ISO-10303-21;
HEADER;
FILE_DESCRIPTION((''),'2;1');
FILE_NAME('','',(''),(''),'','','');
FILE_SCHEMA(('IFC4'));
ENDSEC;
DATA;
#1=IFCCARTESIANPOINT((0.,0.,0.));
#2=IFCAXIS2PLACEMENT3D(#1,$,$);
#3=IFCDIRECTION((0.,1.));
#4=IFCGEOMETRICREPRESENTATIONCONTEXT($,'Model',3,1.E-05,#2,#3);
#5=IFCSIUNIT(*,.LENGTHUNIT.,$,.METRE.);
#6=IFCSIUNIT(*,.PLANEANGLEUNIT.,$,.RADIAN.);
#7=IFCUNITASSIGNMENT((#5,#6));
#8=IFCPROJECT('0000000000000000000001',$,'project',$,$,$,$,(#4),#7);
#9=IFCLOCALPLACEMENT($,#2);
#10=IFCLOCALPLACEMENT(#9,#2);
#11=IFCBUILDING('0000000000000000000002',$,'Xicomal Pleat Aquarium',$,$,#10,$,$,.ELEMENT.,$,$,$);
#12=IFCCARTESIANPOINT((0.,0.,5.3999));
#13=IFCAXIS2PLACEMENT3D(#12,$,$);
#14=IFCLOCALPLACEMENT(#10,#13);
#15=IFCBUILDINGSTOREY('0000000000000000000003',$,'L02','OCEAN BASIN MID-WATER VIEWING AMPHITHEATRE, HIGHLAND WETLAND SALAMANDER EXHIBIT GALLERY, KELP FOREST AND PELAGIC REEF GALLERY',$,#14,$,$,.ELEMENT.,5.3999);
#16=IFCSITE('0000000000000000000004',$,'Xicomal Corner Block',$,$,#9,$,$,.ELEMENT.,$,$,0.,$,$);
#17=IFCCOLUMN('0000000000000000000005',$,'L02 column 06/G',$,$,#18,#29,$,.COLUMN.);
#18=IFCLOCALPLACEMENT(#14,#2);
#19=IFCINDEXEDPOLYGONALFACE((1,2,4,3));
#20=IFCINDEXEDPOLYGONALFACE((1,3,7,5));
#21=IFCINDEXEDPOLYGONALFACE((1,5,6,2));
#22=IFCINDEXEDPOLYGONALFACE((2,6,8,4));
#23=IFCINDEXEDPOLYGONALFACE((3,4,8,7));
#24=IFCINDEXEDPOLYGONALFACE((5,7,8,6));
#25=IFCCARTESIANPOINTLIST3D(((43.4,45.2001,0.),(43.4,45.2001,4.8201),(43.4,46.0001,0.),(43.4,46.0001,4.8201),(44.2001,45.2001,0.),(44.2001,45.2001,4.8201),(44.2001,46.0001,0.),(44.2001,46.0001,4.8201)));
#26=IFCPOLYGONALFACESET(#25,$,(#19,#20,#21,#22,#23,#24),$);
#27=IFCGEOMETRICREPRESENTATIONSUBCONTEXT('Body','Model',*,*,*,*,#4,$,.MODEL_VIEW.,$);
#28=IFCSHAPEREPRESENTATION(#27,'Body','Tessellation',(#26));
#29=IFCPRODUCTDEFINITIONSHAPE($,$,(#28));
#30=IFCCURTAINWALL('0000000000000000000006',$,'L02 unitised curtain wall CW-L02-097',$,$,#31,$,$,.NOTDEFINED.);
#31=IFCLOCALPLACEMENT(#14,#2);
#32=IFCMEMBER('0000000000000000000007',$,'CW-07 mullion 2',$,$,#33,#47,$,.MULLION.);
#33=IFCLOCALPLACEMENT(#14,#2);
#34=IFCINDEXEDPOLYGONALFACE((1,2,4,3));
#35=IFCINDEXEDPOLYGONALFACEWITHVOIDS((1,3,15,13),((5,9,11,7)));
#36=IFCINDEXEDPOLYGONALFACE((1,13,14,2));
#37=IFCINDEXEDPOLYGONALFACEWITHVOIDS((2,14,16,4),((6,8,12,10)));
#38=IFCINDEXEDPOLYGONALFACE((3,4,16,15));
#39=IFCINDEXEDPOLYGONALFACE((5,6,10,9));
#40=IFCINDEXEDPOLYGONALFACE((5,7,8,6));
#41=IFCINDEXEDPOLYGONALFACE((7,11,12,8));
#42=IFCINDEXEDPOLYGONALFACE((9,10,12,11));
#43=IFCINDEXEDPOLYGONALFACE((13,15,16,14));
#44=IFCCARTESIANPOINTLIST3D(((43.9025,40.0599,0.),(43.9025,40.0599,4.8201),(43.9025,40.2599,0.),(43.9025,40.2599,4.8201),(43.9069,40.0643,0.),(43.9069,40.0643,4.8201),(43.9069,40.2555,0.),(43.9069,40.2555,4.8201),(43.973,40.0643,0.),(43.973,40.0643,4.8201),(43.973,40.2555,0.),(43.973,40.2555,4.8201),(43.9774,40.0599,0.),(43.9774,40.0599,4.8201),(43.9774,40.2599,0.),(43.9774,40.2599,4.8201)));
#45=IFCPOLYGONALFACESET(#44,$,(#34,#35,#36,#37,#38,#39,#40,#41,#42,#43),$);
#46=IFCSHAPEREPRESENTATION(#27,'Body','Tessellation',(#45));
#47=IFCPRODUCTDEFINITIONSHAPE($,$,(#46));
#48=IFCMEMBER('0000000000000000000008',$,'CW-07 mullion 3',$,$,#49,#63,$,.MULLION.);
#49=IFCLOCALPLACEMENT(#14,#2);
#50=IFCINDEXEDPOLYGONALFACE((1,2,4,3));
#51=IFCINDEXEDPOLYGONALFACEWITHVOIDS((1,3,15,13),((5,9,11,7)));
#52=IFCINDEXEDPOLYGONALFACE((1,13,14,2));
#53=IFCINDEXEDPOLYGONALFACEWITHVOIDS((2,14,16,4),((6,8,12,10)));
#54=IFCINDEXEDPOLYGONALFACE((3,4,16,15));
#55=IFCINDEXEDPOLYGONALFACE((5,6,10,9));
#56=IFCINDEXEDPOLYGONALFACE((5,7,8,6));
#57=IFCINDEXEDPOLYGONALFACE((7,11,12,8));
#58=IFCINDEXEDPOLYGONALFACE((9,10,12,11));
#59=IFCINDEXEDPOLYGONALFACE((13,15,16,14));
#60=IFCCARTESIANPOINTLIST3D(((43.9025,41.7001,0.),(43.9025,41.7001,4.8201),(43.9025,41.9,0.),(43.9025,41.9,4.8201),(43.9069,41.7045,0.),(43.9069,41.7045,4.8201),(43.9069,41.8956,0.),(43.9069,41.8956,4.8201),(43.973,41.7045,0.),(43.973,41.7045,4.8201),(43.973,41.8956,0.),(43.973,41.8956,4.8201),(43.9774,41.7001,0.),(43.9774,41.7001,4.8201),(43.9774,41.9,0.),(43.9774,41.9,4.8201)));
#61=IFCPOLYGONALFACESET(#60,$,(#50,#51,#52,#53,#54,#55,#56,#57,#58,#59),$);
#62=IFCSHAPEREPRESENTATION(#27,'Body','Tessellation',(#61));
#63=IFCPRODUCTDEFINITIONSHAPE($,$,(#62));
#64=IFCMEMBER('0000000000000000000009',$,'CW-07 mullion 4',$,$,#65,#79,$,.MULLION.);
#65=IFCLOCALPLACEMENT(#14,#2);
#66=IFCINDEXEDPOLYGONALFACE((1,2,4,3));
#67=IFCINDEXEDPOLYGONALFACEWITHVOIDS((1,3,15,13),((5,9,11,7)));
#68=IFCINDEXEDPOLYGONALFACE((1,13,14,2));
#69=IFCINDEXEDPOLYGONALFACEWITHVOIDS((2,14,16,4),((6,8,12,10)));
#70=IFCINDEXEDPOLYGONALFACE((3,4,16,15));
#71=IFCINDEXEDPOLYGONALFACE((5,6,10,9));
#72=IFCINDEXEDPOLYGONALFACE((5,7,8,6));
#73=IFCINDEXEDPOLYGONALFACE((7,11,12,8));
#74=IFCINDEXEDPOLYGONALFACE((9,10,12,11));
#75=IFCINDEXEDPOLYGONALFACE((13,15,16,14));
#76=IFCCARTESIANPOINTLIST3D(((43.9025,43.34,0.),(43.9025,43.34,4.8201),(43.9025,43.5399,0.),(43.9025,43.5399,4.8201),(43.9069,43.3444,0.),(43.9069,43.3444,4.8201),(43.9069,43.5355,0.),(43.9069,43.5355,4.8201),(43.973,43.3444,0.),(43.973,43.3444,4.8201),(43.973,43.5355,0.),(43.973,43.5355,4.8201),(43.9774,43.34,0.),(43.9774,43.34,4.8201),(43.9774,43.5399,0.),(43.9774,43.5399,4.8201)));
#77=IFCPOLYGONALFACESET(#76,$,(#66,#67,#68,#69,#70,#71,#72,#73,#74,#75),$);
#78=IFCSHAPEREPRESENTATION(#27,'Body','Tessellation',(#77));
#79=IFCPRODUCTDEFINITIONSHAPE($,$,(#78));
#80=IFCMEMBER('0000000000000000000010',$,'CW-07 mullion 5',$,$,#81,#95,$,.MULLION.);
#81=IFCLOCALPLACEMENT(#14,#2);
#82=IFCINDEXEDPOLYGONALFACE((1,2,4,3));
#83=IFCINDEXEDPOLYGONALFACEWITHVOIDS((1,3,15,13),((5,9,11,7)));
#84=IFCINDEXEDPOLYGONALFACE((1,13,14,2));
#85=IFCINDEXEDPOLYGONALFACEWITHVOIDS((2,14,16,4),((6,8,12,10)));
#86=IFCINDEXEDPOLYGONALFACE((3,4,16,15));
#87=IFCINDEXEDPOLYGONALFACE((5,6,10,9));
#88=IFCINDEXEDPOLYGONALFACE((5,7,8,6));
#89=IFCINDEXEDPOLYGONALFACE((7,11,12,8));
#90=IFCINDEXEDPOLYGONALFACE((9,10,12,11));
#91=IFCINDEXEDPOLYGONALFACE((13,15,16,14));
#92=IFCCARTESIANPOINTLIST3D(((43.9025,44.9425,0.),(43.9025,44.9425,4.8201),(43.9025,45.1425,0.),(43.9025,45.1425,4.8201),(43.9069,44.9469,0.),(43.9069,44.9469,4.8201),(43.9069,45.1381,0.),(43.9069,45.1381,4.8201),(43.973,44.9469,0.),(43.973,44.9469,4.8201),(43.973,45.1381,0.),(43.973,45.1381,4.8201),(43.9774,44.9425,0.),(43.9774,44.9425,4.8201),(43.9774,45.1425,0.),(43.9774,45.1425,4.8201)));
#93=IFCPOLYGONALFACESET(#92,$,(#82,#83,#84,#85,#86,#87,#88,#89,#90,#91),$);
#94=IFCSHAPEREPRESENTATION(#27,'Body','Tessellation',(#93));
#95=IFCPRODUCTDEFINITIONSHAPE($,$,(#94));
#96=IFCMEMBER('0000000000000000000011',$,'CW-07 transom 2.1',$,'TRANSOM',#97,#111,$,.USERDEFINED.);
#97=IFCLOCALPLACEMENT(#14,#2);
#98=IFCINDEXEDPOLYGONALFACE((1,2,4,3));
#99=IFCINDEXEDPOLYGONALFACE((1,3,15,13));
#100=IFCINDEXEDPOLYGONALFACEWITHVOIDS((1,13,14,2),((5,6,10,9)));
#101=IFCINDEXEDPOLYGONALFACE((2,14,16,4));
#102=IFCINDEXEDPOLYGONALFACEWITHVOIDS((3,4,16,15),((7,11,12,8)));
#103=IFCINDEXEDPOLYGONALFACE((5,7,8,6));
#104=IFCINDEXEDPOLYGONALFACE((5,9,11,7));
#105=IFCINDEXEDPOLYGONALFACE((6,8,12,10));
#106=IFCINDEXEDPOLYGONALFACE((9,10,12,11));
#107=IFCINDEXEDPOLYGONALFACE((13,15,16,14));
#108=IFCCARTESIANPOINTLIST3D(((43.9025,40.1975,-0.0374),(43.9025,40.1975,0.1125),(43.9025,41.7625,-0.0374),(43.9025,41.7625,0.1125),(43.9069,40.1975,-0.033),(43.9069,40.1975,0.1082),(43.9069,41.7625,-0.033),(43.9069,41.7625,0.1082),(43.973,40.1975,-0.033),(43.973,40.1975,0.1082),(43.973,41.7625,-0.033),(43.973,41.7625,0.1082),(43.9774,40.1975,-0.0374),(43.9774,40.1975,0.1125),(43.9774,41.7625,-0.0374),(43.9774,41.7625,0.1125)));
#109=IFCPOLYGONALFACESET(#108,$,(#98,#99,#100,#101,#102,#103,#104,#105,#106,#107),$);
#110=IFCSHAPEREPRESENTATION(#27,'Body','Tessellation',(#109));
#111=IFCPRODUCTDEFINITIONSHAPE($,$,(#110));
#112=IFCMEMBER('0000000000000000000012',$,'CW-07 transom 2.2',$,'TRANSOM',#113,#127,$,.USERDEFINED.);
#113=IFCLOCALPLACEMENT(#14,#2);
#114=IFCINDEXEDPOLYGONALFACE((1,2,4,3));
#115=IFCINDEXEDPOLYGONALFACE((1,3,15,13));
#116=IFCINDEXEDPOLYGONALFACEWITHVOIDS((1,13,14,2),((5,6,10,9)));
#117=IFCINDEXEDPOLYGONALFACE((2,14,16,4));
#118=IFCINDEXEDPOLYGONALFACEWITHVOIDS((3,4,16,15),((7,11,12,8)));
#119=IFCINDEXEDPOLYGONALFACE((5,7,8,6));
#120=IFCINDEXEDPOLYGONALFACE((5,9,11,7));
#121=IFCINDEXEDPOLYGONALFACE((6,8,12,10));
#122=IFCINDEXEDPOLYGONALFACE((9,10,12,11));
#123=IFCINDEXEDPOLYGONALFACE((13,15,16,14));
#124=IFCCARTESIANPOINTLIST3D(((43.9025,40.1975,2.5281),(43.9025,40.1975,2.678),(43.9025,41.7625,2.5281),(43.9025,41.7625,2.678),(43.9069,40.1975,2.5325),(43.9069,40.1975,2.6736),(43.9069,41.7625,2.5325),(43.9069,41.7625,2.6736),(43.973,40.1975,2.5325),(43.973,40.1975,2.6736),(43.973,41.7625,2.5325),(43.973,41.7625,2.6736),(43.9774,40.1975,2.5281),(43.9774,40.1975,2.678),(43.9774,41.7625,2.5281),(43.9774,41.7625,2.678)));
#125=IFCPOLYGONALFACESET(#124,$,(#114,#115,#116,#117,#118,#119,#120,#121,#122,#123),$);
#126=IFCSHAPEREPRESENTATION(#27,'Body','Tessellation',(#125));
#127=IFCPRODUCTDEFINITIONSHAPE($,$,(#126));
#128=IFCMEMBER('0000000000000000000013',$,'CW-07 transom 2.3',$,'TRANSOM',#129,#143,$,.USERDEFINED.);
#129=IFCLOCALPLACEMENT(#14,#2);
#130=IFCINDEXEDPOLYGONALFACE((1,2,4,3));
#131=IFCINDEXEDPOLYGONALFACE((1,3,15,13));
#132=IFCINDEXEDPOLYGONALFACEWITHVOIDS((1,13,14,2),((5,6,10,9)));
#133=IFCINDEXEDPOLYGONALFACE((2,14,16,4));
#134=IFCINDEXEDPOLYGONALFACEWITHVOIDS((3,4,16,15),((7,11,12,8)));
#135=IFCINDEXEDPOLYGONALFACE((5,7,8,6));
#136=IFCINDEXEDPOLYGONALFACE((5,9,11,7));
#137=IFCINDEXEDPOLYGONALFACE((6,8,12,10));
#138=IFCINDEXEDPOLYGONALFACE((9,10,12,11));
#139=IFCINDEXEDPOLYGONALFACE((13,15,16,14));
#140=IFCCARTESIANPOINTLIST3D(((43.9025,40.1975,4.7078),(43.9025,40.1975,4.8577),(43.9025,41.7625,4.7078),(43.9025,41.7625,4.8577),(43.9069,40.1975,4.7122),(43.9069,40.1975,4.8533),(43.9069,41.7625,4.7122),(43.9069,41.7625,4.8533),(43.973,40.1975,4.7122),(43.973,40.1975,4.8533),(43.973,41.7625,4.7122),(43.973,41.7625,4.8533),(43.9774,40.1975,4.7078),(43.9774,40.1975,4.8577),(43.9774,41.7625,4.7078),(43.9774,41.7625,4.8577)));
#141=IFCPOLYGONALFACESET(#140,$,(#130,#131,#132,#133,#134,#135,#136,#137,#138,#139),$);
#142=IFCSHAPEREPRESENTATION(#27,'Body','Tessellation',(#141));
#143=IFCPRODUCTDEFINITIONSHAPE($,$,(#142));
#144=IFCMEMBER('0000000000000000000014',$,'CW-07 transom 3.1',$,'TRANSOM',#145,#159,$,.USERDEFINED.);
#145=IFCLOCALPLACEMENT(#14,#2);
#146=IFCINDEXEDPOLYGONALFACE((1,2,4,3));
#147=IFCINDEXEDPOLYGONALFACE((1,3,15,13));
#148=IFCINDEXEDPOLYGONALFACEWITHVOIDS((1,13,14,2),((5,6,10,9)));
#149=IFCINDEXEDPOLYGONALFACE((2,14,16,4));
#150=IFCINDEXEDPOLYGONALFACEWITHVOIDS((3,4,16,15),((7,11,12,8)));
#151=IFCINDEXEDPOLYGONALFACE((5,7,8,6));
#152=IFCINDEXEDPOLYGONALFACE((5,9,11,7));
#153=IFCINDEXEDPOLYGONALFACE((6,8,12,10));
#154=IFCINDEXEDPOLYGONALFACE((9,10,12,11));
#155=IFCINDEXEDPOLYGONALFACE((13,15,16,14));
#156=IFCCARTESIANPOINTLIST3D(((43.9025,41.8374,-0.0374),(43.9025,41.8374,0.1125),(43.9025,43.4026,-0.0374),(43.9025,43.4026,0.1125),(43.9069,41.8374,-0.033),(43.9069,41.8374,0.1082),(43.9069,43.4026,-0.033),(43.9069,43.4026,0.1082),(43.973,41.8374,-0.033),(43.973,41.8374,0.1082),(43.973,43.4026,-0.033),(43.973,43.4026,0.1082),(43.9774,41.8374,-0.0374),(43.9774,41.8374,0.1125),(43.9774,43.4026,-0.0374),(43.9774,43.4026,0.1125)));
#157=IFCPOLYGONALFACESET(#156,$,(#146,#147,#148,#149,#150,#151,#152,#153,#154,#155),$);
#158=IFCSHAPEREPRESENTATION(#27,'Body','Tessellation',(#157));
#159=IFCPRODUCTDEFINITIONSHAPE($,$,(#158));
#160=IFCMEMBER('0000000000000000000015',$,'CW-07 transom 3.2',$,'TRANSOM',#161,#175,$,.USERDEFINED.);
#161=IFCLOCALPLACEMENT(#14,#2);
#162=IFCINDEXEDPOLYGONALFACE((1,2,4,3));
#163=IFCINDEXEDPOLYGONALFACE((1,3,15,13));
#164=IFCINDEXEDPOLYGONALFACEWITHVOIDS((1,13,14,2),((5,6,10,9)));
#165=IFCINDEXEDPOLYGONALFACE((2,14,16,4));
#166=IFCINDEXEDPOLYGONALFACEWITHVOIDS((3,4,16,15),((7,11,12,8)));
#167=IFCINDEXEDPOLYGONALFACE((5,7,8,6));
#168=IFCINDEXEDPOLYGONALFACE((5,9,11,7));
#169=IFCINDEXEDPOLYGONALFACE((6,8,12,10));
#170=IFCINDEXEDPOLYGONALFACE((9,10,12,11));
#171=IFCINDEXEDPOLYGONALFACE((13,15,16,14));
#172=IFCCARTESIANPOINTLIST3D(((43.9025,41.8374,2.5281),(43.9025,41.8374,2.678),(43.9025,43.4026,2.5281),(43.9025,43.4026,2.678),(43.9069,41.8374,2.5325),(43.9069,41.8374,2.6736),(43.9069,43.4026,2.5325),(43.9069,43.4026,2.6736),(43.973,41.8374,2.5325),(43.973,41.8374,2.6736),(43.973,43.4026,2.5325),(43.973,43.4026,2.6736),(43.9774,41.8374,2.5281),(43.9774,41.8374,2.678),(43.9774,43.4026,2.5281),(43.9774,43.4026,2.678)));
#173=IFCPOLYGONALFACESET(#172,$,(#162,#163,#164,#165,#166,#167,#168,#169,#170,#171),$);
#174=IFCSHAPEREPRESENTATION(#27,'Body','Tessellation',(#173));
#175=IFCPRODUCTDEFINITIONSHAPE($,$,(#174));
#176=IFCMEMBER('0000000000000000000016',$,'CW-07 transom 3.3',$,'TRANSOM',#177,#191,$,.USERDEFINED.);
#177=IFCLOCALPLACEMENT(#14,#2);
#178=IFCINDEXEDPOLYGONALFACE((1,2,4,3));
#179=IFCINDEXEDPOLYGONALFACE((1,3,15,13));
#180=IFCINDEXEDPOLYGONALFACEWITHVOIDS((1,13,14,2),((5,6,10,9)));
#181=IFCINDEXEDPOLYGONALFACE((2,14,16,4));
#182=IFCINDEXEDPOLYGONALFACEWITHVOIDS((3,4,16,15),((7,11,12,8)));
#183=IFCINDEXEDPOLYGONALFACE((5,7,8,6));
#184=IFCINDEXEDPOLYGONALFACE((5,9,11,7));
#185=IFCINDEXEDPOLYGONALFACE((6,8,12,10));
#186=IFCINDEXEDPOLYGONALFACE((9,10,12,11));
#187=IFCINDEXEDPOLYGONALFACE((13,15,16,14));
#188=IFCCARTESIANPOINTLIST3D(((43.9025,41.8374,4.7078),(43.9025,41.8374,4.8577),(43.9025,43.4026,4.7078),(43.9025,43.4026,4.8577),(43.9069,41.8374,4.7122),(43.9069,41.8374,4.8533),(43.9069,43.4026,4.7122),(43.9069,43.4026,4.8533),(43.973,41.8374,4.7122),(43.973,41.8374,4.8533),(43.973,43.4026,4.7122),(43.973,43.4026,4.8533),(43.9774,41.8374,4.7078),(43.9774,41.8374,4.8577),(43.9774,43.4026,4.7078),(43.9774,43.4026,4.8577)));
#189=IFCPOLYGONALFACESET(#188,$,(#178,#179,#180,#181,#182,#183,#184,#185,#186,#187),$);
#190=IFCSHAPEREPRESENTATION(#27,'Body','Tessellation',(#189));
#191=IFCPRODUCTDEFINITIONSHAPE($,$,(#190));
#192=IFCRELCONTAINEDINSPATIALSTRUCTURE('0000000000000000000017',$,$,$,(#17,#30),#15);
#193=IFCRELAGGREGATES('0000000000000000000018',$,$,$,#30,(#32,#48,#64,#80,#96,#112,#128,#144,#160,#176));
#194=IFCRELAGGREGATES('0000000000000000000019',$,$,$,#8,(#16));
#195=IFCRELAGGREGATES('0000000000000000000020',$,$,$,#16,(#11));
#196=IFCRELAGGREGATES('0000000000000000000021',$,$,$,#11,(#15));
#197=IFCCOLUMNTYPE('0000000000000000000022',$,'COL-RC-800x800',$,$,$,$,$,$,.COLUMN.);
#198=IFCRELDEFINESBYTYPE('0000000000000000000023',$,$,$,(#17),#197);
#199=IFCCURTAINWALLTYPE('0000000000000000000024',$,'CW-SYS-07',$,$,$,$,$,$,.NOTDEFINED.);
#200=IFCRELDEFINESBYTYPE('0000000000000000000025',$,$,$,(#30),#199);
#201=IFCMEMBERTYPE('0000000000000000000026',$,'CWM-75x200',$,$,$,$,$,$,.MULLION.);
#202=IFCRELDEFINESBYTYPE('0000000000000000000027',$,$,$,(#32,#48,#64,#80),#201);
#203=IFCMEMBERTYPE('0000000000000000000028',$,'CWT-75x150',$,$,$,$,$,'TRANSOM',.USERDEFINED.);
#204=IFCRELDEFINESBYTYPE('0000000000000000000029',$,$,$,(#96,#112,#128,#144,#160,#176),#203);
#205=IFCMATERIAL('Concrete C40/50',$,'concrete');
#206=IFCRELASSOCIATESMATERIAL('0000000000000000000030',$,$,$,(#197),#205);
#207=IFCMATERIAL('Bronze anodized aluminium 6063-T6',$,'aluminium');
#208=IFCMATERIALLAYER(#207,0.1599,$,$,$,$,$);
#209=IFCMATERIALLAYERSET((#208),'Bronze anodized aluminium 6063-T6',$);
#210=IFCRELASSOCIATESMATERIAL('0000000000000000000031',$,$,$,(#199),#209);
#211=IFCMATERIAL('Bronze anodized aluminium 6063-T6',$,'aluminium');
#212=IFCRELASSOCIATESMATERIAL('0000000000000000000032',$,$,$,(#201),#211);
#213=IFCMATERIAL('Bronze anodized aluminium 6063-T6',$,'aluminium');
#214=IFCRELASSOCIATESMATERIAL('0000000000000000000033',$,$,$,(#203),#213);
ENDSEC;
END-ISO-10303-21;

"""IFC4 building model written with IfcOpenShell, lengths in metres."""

from ifc_helpers import new_model, si_unit, direction, frame, origin, origin_2d, place, context, subcontext, project, spatial, rectangle, hollow_rectangle, extrude, material, layer, layer_set, material_profile, profile_set, type_object, element, aggregate, save


model = new_model("IFC4")

# Units and contexts
model_context = context("Model", 3, precision=1e-05, world=origin(), true_north=direction((0.0, 1.0)))
body_context = subcontext(model_context, "Body", "Model", "MODEL_VIEW")
ifc_project = project(units=[si_unit("LENGTHUNIT", "METRE"), si_unit("PLANEANGLEUNIT", "RADIAN")], contexts=[model_context])

# Site, building, storey
site_placement = place(None, origin())
site = spatial("IfcSite", under=ifc_project, at=site_placement, Name="Xicomal Corner Block", CompositionType="ELEMENT", RefElevation=0.0)
building_placement = place(site_placement, origin())
building = spatial("IfcBuilding", under=site, at=building_placement, Name="Xicomal Pleat Aquarium", CompositionType="ELEMENT")
storey_placement = place(building_placement, frame((0.0, 0.0, 5.3999)))
storey = spatial("IfcBuildingStorey", under=building, at=storey_placement, Name="L02", Description="OCEAN BASIN MID-WATER VIEWING AMPHITHEATRE, HIGHLAND WETLAND SALAMANDER EXHIBIT GALLERY, KELP FOREST AND PELAGIC REEF GALLERY", CompositionType="ELEMENT", Elevation=5.3999)

# Column
ifc_material_1 = material(Name="Concrete C40/50", Category="concrete")
ifc_material_profile_1 = material_profile(ifc_material_1, rectangle(XDim=0.8, YDim=0.8, at=origin_2d()), Name="RC 800x800")
ifc_profile_set_1 = profile_set([ifc_material_profile_1], Name="Concrete C40/50")
column_type = type_object("IfcColumnType", Name="COL-RC-800x800", PredefinedType="COLUMN", material=ifc_profile_set_1)
column_placement = place(storey_placement, frame((43.8, 45.6001, 0.0), z_axis=(0.0, 0.0, 1.0), x_axis=(1.0, 0.0, 0.0)))
element("IfcColumn", 1, at=column_placement, inside=storey, type_object=column_type, Name="L02 column 06/G", PredefinedType="COLUMN", context=body_context, shape_type="SweptSolid", body=[
    extrude(rectangle(XDim=0.8, YDim=0.8, at=origin_2d()), origin(), (0.0, 0.0, 1.0), 4.8201),
])

# Curtain wall, members
ifc_material_2 = material(Name="Bronze anodized aluminium 6063-T6", Category="aluminium")
ifc_layer_1 = layer(ifc_material_2, 0.1599)
ifc_layer_set_1 = layer_set([ifc_layer_1], Name="Bronze anodized aluminium 6063-T6")
curtain_wall_type = type_object("IfcCurtainWallType", Name="CW-SYS-07", PredefinedType="NOTDEFINED", material=ifc_layer_set_1)
curtain_wall_placement = place(storey_placement, origin())
curtain_wall = element("IfcCurtainWall", 2, at=curtain_wall_placement, inside=storey, type_object=curtain_wall_type, Name="L02 unitised curtain wall CW-L02-097", PredefinedType="NOTDEFINED")
ifc_material_3 = material(Name="Bronze anodized aluminium 6063-T6", Category="aluminium")
ifc_material_profile_2 = material_profile(ifc_material_3, hollow_rectangle(XDim=0.075, YDim=0.2, WallThickness=0.0044, at=origin_2d()), Name="ALU MULL 75x200")
ifc_profile_set_2 = profile_set([ifc_material_profile_2], Name="Bronze anodized aluminium 6063-T6")
member_type_1 = type_object("IfcMemberType", Name="CWM-75x200", PredefinedType="MULLION", material=ifc_profile_set_2)
member_1_placement = place(storey_placement, frame((43.9399, 40.1599, 0.0), z_axis=(0.0, 0.0, 1.0), x_axis=(-1.0, 0.0, 0.0)))
member_1 = element("IfcMember", 3, at=member_1_placement, type_object=member_type_1, Name="CW-07 mullion 2", PredefinedType="MULLION", context=body_context, shape_type="SweptSolid", body=[
    extrude(hollow_rectangle(XDim=0.075, YDim=0.2, WallThickness=0.0044, at=origin_2d()), origin(), (0.0, 0.0, 1.0), 4.8201),
])
member_2_placement = place(storey_placement, frame((43.9399, 41.8, 0.0), z_axis=(0.0, 0.0, 1.0), x_axis=(-1.0, 0.0, 0.0)))
member_2 = element("IfcMember", 4, at=member_2_placement, type_object=member_type_1, Name="CW-07 mullion 3", PredefinedType="MULLION", context=body_context, shape_type="SweptSolid", body=[
    extrude(hollow_rectangle(XDim=0.075, YDim=0.2, WallThickness=0.0044, at=origin_2d()), origin(), (0.0, 0.0, 1.0), 4.8201),
])
member_3_placement = place(storey_placement, frame((43.9399, 43.4399, 0.0), z_axis=(0.0, 0.0, 1.0), x_axis=(-1.0, 0.0, 0.0)))
member_3 = element("IfcMember", 5, at=member_3_placement, type_object=member_type_1, Name="CW-07 mullion 4", PredefinedType="MULLION", context=body_context, shape_type="SweptSolid", body=[
    extrude(hollow_rectangle(XDim=0.075, YDim=0.2, WallThickness=0.0044, at=origin_2d()), origin(), (0.0, 0.0, 1.0), 4.8201),
])
member_4_placement = place(storey_placement, frame((43.9399, 45.0425, 0.0), z_axis=(0.0, 0.0, 1.0), x_axis=(-1.0, 0.0, 0.0)))
member_4 = element("IfcMember", 6, at=member_4_placement, type_object=member_type_1, Name="CW-07 mullion 5", PredefinedType="MULLION", context=body_context, shape_type="SweptSolid", body=[
    extrude(hollow_rectangle(XDim=0.075, YDim=0.2, WallThickness=0.0044, at=origin_2d()), origin(), (0.0, 0.0, 1.0), 4.8201),
])
ifc_material_4 = material(Name="Bronze anodized aluminium 6063-T6", Category="aluminium")
ifc_material_profile_3 = material_profile(ifc_material_4, hollow_rectangle(XDim=0.075, YDim=0.1499, WallThickness=0.0044, at=origin_2d()), Name="ALU TRAN 75x150")
ifc_profile_set_3 = profile_set([ifc_material_profile_3], Name="Bronze anodized aluminium 6063-T6")
member_type_2 = type_object("IfcMemberType", Name="CWT-75x150", ElementType="TRANSOM", PredefinedType="USERDEFINED", material=ifc_profile_set_3)
member_5_placement = place(storey_placement, frame((43.9399, 40.1975, 0.0376), z_axis=(0.0, 1.0, 0.0), x_axis=(-1.0, 0.0, 0.0)))
member_5 = element("IfcMember", 7, at=member_5_placement, type_object=member_type_2, Name="CW-07 transom 2.1", ObjectType="TRANSOM", PredefinedType="USERDEFINED", context=body_context, shape_type="SweptSolid", body=[
    extrude(hollow_rectangle(XDim=0.075, YDim=0.1499, WallThickness=0.0044, at=origin_2d()), origin(), (0.0, 0.0, 1.0), 1.5649),
])
member_6_placement = place(storey_placement, frame((43.9399, 40.1975, 2.603), z_axis=(0.0, 1.0, 0.0), x_axis=(-1.0, 0.0, 0.0)))
member_6 = element("IfcMember", 8, at=member_6_placement, type_object=member_type_2, Name="CW-07 transom 2.2", ObjectType="TRANSOM", PredefinedType="USERDEFINED", context=body_context, shape_type="SweptSolid", body=[
    extrude(hollow_rectangle(XDim=0.075, YDim=0.1499, WallThickness=0.0044, at=origin_2d()), origin(), (0.0, 0.0, 1.0), 1.5649),
])
member_7_placement = place(storey_placement, frame((43.9399, 40.1975, 4.7827), z_axis=(0.0, 1.0, 0.0), x_axis=(-1.0, 0.0, 0.0)))
member_7 = element("IfcMember", 9, at=member_7_placement, type_object=member_type_2, Name="CW-07 transom 2.3", ObjectType="TRANSOM", PredefinedType="USERDEFINED", context=body_context, shape_type="SweptSolid", body=[
    extrude(hollow_rectangle(XDim=0.075, YDim=0.1499, WallThickness=0.0044, at=origin_2d()), origin(), (0.0, 0.0, 1.0), 1.5649),
])
member_8_placement = place(storey_placement, frame((43.9399, 41.8374, 0.0376), z_axis=(0.0, 1.0, 0.0), x_axis=(-1.0, 0.0, 0.0)))
member_8 = element("IfcMember", 10, at=member_8_placement, type_object=member_type_2, Name="CW-07 transom 3.1", ObjectType="TRANSOM", PredefinedType="USERDEFINED", context=body_context, shape_type="SweptSolid", body=[
    extrude(hollow_rectangle(XDim=0.075, YDim=0.1499, WallThickness=0.0044, at=origin_2d()), origin(), (0.0, 0.0, 1.0), 1.5652),
])
member_9_placement = place(storey_placement, frame((43.9399, 41.8374, 2.603), z_axis=(0.0, 1.0, 0.0), x_axis=(-1.0, 0.0, 0.0)))
member_9 = element("IfcMember", 11, at=member_9_placement, type_object=member_type_2, Name="CW-07 transom 3.2", ObjectType="TRANSOM", PredefinedType="USERDEFINED", context=body_context, shape_type="SweptSolid", body=[
    extrude(hollow_rectangle(XDim=0.075, YDim=0.1499, WallThickness=0.0044, at=origin_2d()), origin(), (0.0, 0.0, 1.0), 1.5652),
])
member_10_placement = place(storey_placement, frame((43.9399, 41.8374, 4.7827), z_axis=(0.0, 1.0, 0.0), x_axis=(-1.0, 0.0, 0.0)))
member_10 = element("IfcMember", 12, at=member_10_placement, type_object=member_type_2, Name="CW-07 transom 3.3", ObjectType="TRANSOM", PredefinedType="USERDEFINED", context=body_context, shape_type="SweptSolid", body=[
    extrude(hollow_rectangle(XDim=0.075, YDim=0.1499, WallThickness=0.0044, at=origin_2d()), origin(), (0.0, 0.0, 1.0), 1.5652),
])
aggregate(curtain_wall, [member_1, member_2, member_3, member_4, member_5, member_6, member_7, member_8, member_9, member_10])

save(model, "model.ifc")
